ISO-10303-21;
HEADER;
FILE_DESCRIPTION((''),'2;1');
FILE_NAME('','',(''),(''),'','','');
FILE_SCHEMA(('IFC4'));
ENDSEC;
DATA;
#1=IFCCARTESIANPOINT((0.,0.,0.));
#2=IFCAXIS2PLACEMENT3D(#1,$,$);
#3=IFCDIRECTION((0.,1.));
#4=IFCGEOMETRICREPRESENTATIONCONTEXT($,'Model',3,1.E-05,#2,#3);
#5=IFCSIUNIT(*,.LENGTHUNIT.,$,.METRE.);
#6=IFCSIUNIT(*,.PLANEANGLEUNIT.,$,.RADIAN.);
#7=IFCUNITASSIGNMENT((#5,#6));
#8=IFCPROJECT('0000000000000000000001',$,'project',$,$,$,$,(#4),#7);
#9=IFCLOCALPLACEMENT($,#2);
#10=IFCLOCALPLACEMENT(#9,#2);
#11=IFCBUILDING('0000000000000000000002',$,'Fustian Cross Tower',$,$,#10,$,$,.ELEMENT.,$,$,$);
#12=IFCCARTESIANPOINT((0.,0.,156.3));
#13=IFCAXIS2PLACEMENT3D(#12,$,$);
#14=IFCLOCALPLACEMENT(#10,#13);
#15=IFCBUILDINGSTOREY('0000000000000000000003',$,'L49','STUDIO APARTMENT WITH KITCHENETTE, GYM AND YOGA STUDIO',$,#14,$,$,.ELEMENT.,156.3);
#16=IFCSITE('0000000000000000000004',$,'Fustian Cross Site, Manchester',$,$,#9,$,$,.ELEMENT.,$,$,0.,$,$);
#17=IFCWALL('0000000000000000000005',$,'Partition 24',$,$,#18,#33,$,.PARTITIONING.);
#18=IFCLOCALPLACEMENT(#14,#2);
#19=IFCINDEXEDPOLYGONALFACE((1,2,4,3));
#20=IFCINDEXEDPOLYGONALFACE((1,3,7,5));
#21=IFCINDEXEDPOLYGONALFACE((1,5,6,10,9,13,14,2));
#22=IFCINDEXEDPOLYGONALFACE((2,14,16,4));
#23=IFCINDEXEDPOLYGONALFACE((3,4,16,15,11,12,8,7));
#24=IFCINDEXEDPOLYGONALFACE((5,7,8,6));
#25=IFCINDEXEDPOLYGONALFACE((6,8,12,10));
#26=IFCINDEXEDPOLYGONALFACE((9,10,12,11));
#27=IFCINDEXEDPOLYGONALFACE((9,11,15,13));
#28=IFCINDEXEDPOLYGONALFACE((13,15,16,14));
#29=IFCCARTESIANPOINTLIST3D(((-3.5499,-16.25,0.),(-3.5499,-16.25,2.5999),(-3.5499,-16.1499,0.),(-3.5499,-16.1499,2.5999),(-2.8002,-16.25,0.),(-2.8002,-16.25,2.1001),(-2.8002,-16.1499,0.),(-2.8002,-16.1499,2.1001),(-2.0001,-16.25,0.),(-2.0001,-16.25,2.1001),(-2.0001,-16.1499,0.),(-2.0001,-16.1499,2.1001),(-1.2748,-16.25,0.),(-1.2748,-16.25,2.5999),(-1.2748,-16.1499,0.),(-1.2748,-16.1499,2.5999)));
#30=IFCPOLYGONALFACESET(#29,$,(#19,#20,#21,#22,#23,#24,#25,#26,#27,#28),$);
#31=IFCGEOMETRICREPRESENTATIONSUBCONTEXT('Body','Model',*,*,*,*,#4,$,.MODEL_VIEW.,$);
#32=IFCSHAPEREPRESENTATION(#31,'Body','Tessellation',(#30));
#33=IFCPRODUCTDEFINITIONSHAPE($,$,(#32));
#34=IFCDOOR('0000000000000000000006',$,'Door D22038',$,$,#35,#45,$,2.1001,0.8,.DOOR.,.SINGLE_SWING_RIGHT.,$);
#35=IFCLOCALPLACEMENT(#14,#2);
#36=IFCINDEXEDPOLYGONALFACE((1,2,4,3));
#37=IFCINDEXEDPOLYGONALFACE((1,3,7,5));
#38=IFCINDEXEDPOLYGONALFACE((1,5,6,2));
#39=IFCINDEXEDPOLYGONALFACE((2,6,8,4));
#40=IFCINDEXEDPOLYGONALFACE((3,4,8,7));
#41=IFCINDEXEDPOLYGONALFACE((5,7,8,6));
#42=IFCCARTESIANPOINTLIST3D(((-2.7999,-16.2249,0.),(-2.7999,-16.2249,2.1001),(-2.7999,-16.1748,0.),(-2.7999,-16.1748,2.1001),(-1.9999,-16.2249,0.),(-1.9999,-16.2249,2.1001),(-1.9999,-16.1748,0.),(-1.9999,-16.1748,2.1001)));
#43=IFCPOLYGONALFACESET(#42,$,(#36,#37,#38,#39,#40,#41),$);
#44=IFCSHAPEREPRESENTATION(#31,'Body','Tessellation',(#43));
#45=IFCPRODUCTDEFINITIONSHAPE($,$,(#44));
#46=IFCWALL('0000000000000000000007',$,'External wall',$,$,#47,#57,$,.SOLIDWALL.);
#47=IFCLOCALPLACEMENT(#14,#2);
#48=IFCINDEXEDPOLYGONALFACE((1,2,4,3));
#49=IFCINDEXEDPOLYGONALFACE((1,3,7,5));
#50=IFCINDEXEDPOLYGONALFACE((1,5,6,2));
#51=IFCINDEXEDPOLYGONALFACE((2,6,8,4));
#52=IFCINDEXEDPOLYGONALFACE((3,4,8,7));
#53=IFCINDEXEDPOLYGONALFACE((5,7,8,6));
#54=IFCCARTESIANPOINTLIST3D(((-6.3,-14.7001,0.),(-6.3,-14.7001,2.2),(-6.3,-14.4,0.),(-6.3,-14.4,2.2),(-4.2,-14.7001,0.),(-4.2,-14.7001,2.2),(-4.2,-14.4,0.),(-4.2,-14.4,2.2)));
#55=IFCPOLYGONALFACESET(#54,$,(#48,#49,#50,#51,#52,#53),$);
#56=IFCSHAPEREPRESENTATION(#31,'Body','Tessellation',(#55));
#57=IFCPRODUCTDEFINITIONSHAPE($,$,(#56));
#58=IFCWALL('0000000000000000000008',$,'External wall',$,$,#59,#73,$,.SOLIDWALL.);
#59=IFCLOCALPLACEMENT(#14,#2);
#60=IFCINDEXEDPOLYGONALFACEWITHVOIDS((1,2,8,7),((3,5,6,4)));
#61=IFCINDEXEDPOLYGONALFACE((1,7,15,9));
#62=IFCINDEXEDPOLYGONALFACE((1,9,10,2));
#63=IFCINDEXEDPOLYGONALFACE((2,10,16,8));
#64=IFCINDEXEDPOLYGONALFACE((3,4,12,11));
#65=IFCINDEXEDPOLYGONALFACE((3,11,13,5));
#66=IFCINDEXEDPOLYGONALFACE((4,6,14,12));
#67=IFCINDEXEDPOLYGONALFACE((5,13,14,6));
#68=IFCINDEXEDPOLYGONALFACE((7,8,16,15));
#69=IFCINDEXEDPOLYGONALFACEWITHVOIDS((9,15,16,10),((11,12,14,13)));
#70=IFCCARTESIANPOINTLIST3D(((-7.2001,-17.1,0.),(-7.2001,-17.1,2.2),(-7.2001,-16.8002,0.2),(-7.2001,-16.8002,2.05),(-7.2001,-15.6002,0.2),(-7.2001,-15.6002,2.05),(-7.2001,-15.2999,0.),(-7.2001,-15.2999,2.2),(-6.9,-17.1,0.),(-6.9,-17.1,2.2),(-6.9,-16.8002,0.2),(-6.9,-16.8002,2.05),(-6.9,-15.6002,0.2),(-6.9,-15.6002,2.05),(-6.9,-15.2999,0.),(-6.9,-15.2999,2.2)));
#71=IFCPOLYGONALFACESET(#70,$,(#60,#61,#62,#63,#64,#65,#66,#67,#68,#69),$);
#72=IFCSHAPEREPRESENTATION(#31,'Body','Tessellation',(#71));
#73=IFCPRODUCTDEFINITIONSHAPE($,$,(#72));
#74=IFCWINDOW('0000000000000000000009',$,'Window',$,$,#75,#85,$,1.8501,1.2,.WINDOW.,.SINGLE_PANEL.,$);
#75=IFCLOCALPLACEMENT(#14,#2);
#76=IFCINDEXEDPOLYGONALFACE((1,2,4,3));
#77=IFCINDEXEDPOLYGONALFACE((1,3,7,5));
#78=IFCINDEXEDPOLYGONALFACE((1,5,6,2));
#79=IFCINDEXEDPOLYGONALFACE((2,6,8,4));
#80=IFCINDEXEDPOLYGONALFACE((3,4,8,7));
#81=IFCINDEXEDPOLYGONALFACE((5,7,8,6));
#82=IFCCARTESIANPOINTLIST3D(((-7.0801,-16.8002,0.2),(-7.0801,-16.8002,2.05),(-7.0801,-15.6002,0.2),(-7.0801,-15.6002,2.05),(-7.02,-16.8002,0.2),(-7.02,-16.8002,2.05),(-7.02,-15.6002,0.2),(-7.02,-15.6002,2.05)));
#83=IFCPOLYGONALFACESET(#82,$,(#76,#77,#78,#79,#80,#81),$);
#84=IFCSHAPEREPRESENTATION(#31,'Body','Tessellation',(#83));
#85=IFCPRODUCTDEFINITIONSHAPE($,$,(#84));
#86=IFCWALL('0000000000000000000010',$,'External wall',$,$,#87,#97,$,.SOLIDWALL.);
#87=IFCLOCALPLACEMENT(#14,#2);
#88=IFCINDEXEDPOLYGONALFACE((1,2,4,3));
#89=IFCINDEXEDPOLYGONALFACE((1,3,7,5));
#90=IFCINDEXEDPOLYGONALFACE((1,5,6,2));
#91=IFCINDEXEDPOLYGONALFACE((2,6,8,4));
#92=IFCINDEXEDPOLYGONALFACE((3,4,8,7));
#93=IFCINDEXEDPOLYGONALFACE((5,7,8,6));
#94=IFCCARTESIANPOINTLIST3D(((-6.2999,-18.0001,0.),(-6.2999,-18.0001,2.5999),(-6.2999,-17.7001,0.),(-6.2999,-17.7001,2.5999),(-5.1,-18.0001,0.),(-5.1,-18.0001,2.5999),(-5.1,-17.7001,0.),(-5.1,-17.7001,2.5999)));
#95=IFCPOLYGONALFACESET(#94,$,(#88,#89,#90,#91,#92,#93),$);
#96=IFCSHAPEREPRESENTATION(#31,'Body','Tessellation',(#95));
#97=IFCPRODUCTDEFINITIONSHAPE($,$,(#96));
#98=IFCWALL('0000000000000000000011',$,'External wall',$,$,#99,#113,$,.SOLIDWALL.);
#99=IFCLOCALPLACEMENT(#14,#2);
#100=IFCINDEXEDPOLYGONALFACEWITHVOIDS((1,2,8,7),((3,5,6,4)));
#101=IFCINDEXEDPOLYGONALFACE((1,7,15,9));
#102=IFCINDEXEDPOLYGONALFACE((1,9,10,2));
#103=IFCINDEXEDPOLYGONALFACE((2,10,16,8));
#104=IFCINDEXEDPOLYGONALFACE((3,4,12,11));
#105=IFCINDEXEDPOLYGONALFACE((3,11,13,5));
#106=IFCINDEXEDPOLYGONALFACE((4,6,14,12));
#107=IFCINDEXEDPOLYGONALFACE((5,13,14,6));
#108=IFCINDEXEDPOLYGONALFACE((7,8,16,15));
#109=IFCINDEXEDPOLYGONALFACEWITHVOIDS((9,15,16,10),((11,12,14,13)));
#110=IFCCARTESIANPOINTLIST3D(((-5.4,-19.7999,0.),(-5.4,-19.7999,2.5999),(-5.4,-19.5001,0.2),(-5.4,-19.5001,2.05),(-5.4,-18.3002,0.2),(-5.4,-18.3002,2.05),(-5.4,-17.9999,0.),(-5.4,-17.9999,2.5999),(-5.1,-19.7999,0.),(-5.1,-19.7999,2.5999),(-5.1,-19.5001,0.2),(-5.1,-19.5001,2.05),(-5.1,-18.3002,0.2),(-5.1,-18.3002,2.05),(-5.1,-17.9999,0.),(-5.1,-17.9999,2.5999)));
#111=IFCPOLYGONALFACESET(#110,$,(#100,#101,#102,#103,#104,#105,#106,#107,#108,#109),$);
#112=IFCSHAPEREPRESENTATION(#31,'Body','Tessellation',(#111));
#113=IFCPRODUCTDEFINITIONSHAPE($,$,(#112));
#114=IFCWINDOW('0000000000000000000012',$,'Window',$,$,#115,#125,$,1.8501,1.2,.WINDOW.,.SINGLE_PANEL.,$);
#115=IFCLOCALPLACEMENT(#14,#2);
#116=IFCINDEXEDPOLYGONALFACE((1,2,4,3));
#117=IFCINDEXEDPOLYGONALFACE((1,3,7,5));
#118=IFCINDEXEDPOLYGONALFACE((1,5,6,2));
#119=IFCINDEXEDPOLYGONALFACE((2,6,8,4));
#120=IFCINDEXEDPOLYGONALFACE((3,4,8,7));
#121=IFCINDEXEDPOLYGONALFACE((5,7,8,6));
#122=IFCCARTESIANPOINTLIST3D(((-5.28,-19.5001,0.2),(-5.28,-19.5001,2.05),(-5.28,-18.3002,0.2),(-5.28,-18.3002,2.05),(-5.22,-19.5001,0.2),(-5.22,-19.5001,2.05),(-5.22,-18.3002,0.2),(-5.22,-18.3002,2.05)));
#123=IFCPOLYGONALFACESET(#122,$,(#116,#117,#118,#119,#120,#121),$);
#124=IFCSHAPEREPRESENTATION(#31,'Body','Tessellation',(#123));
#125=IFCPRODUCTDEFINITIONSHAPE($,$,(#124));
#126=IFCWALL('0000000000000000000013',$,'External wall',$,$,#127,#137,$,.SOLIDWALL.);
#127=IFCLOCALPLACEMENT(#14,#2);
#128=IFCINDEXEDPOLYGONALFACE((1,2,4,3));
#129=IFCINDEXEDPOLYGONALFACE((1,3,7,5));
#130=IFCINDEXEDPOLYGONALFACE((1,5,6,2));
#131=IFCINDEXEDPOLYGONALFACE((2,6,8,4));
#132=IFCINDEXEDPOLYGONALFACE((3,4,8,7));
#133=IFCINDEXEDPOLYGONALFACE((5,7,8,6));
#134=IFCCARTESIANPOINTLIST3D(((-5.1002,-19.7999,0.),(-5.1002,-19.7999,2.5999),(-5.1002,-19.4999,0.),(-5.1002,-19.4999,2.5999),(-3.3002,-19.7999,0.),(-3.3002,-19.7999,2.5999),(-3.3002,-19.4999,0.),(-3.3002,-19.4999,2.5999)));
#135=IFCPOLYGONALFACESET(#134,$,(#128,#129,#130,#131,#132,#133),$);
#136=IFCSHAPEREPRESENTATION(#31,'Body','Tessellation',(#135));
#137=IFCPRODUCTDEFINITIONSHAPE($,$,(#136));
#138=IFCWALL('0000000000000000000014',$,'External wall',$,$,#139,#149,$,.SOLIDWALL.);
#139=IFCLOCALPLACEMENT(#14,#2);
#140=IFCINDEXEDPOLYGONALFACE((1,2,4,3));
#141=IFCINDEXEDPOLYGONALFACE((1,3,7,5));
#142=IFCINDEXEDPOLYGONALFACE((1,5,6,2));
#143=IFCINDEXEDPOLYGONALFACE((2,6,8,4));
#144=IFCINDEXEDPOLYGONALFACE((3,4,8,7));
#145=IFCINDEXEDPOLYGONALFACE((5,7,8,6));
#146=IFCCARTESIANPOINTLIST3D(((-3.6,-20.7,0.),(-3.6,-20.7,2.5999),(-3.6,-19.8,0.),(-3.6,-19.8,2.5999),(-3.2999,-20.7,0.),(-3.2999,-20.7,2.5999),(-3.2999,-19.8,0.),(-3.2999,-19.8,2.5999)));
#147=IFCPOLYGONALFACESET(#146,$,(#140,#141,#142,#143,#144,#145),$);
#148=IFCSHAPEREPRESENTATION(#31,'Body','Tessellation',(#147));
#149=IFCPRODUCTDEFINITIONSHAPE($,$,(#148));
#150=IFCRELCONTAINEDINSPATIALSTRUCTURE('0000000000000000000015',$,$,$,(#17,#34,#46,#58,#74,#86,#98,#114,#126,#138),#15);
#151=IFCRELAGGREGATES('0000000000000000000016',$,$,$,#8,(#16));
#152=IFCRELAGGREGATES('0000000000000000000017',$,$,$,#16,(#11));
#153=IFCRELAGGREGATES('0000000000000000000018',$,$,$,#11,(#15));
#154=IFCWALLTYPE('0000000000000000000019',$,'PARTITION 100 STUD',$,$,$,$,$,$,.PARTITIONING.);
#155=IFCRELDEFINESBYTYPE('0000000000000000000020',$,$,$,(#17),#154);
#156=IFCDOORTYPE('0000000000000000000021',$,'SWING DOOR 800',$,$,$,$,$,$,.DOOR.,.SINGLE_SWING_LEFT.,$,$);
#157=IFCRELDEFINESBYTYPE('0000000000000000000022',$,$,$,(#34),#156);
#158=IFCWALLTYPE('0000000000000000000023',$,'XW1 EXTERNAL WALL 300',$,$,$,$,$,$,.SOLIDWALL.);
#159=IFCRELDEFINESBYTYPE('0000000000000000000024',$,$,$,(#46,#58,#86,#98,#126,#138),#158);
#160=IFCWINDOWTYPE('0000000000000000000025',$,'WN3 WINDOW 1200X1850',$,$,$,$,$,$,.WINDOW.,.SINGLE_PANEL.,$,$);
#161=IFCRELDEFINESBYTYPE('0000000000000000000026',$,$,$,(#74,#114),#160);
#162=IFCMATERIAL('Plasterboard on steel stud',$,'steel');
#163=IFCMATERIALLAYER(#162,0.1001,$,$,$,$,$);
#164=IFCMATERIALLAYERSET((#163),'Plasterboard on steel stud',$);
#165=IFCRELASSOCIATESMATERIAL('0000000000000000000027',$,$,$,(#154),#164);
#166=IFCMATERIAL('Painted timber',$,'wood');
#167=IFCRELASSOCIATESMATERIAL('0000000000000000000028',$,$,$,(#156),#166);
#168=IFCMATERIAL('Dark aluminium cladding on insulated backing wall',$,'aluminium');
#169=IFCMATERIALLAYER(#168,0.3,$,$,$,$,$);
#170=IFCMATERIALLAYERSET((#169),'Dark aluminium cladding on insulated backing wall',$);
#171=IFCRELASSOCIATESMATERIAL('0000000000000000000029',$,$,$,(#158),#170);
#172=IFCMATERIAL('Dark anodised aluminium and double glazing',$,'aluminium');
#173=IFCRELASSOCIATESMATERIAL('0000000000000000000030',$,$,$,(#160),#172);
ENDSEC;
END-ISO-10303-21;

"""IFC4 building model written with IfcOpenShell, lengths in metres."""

from ifc_helpers import new_model, si_unit, direction, frame, frame_2d, origin, place, context, subcontext, project, spatial, rectangle, extrude, material, layer, layer_set, type_object, element, fill, save


model = new_model("IFC4")

# Units and contexts
model_context = context("Model", 3, precision=1e-05, world=origin(), true_north=direction((0.0, 1.0)))
body_context = subcontext(model_context, "Body", "Model", "MODEL_VIEW")
ifc_project = project(units=[si_unit("LENGTHUNIT", "METRE"), si_unit("PLANEANGLEUNIT", "RADIAN")], contexts=[model_context])

# Site, building, storey
site_placement = place(None, origin())
site = spatial("IfcSite", under=ifc_project, at=site_placement, Name="Fustian Cross Site, Manchester", CompositionType="ELEMENT", RefElevation=0.0)
building_placement = place(site_placement, origin())
building = spatial("IfcBuilding", under=site, at=building_placement, Name="Fustian Cross Tower", CompositionType="ELEMENT")
storey_placement = place(building_placement, frame((0.0, 0.0, 156.3)))
storey = spatial("IfcBuildingStorey", under=building, at=storey_placement, Name="L49", Description="STUDIO APARTMENT WITH KITCHENETTE, GYM AND YOGA STUDIO", CompositionType="ELEMENT", Elevation=156.3)

# Shared definitions
ifc_material_1 = material(Name="Plasterboard on steel stud", Category="steel")
ifc_layer_1 = layer(ifc_material_1, 0.1001)
ifc_layer_set_1 = layer_set([ifc_layer_1], Name="Plasterboard on steel stud")
wall_type_1 = type_object("IfcWallType", Name="PARTITION 100 STUD", PredefinedType="PARTITIONING", material=ifc_layer_set_1)

# Wall, opening, door
wall_1_placement = place(storey_placement, frame((-3.55, -16.2, 0.0), z_axis=(0.0, 0.0, 1.0), x_axis=(1.0, 0.0, 0.0)))
wall_1 = element("IfcWall", 1, at=wall_1_placement, inside=storey, type_object=wall_type_1, Name="Partition 24", PredefinedType="PARTITIONING", context=body_context, shape_type="SweptSolid", body=[
    extrude(rectangle(XDim=2.2751, YDim=0.1001, at=frame_2d((1.1377, 0.0))), origin(), (0.0, 0.0, 1.0), 2.5999),
])
opening_1_placement = place(wall_1_placement, frame((0.75, 0.0, 0.0)))
opening_1 = element("IfcOpeningElement", 2, at=opening_1_placement, cuts=wall_1, PredefinedType="OPENING", context=body_context, shape_type="SweptSolid", body=[
    extrude(rectangle(XDim=0.8, YDim=2.1001, at=frame_2d((0.3999, 1.05))), frame((0.0, 0.0601, 0.0), z_axis=(0.0, -1.0, 0.0), x_axis=(1.0, 0.0, 0.0)), (0.0, 0.0, 1.0), 0.1201),
])
ifc_material_2 = material(Name="Painted timber", Category="wood")
door_type_1 = type_object("IfcDoorType", Name="SWING DOOR 800", OperationType="SINGLE_SWING_LEFT", PredefinedType="DOOR", material=ifc_material_2)
door_1_placement = place(opening_1_placement, frame((0.8, 0.0, 0.0), z_axis=(0.0, 0.0, 1.0), x_axis=(-1.0, 0.0, 0.0)))
door_1 = element("IfcDoor", 3, at=door_1_placement, inside=storey, type_object=door_type_1, Name="Door D22038", OperationType="SINGLE_SWING_RIGHT", OverallHeight=2.1001, OverallWidth=0.8, PredefinedType="DOOR", context=body_context, shape_type="SweptSolid", body=[
    extrude(rectangle(XDim=0.8, YDim=2.1001, at=frame_2d((0.3999, 1.05))), frame((0.0, 0.0249, 0.0), z_axis=(0.0, -1.0, 0.0), x_axis=(1.0, 0.0, 0.0)), (0.0, 0.0, 1.0), 0.05),
])
fill(opening_1, door_1)

# Wall
ifc_material_3 = material(Name="Dark aluminium cladding on insulated backing wall", Category="aluminium")
ifc_layer_2 = layer(ifc_material_3, 0.3)
ifc_layer_set_2 = layer_set([ifc_layer_2], Name="Dark aluminium cladding on insulated backing wall")
wall_type_2 = type_object("IfcWallType", Name="XW1 EXTERNAL WALL 300", PredefinedType="SOLIDWALL", material=ifc_layer_set_2)
wall_2_placement = place(storey_placement, frame((-4.2, -14.55, 0.0), z_axis=(0.0, 0.0, 1.0), x_axis=(-1.0, 0.0, 0.0)))
element("IfcWall", 4, at=wall_2_placement, inside=storey, type_object=wall_type_2, Name="External wall", PredefinedType="SOLIDWALL", context=body_context, shape_type="SweptSolid", body=[
    extrude(rectangle(XDim=2.1001, YDim=0.3, at=frame_2d((1.05, 0.0))), origin(), (0.0, 0.0, 1.0), 2.2),
])

# Wall, opening, window
wall_3_placement = place(storey_placement, frame((-7.05, -15.3, 0.0), z_axis=(0.0, 0.0, 1.0), x_axis=(0.0, -1.0, 0.0)))
wall_3 = element("IfcWall", 5, at=wall_3_placement, inside=storey, type_object=wall_type_2, Name="External wall", PredefinedType="SOLIDWALL", context=body_context, shape_type="SweptSolid", body=[
    extrude(rectangle(XDim=1.8, YDim=0.3, at=frame_2d((0.8999, 0.0))), origin(), (0.0, 0.0, 1.0), 2.2),
])
opening_2_placement = place(wall_3_placement, frame((0.3, 0.0, 0.2)))
opening_2 = element("IfcOpeningElement", 6, at=opening_2_placement, cuts=wall_3, PredefinedType="OPENING", context=body_context, shape_type="SweptSolid", body=[
    extrude(rectangle(XDim=1.2, YDim=1.8501, at=frame_2d((0.6001, 0.925))), frame((0.0, 0.1599, 0.0), z_axis=(0.0, -1.0, 0.0), x_axis=(1.0, 0.0, 0.0)), (0.0, 0.0, 1.0), 0.3201),
])
ifc_material_4 = material(Name="Dark anodised aluminium and double glazing", Category="aluminium")
window_type_1 = type_object("IfcWindowType", Name="WN3 WINDOW 1200X1850", PartitioningType="SINGLE_PANEL", PredefinedType="WINDOW", material=ifc_material_4)
window_1_placement = place(opening_2_placement, origin())
window_1 = element("IfcWindow", 7, at=window_1_placement, inside=storey, type_object=window_type_1, Name="Window", OverallHeight=1.8501, OverallWidth=1.2, PartitioningType="SINGLE_PANEL", PredefinedType="WINDOW", context=body_context, shape_type="SweptSolid", body=[
    extrude(rectangle(XDim=1.2, YDim=1.8501, at=frame_2d((0.6001, 0.925))), frame((0.0, 0.03, 0.0), z_axis=(0.0, -1.0, 0.0), x_axis=(1.0, 0.0, 0.0)), (0.0, 0.0, 1.0), 0.0601),
])
fill(opening_2, window_1)

# Wall
wall_4_placement = place(storey_placement, frame((-6.3, -17.8501, 0.0), z_axis=(0.0, 0.0, 1.0), x_axis=(1.0, 0.0, 0.0)))
element("IfcWall", 8, at=wall_4_placement, inside=storey, type_object=wall_type_2, Name="External wall", PredefinedType="SOLIDWALL", context=body_context, shape_type="SweptSolid", body=[
    extrude(rectangle(XDim=1.2, YDim=0.3, at=frame_2d((0.6001, 0.0))), origin(), (0.0, 0.0, 1.0), 2.5999),
])

# Wall, opening, window
wall_5_placement = place(storey_placement, frame((-5.25, -18.0, 0.0), z_axis=(0.0, 0.0, 1.0), x_axis=(0.0, -1.0, 0.0)))
wall_5 = element("IfcWall", 9, at=wall_5_placement, inside=storey, type_object=wall_type_2, Name="External wall", PredefinedType="SOLIDWALL", context=body_context, shape_type="SweptSolid", body=[
    extrude(rectangle(XDim=1.8, YDim=0.3, at=frame_2d((0.8999, 0.0))), origin(), (0.0, 0.0, 1.0), 2.5999),
])
opening_3_placement = place(wall_5_placement, frame((0.3, 0.0, 0.2)))
opening_3 = element("IfcOpeningElement", 10, at=opening_3_placement, cuts=wall_5, PredefinedType="OPENING", context=body_context, shape_type="SweptSolid", body=[
    extrude(rectangle(XDim=1.2, YDim=1.8501, at=frame_2d((0.6001, 0.925))), frame((0.0, 0.1599, 0.0), z_axis=(0.0, -1.0, 0.0), x_axis=(1.0, 0.0, 0.0)), (0.0, 0.0, 1.0), 0.3201),
])
window_2_placement = place(opening_3_placement, origin())
window_2 = element("IfcWindow", 11, at=window_2_placement, inside=storey, type_object=window_type_1, Name="Window", OverallHeight=1.8501, OverallWidth=1.2, PartitioningType="SINGLE_PANEL", PredefinedType="WINDOW", context=body_context, shape_type="SweptSolid", body=[
    extrude(rectangle(XDim=1.2, YDim=1.8501, at=frame_2d((0.6001, 0.925))), frame((0.0, 0.03, 0.0), z_axis=(0.0, -1.0, 0.0), x_axis=(1.0, 0.0, 0.0)), (0.0, 0.0, 1.0), 0.0601),
])
fill(opening_3, window_2)

# Walls
wall_6_placement = place(storey_placement, frame((-5.1001, -19.6499, 0.0), z_axis=(0.0, 0.0, 1.0), x_axis=(1.0, 0.0, 0.0)))
element("IfcWall", 12, at=wall_6_placement, inside=storey, type_object=wall_type_2, Name="External wall", PredefinedType="SOLIDWALL", context=body_context, shape_type="SweptSolid", body=[
    extrude(rectangle(XDim=1.8, YDim=0.3, at=frame_2d((0.8999, 0.0))), origin(), (0.0, 0.0, 1.0), 2.5999),
])
wall_7_placement = place(storey_placement, frame((-3.45, -19.8, 0.0), z_axis=(0.0, 0.0, 1.0), x_axis=(0.0, -1.0, 0.0)))
element("IfcWall", 13, at=wall_7_placement, inside=storey, type_object=wall_type_2, Name="External wall", PredefinedType="SOLIDWALL", context=body_context, shape_type="SweptSolid", body=[
    extrude(rectangle(XDim=0.8999, YDim=0.3, at=frame_2d((0.45, 0.0))), origin(), (0.0, 0.0, 1.0), 2.5999),
])

save(model, "model.ifc")
